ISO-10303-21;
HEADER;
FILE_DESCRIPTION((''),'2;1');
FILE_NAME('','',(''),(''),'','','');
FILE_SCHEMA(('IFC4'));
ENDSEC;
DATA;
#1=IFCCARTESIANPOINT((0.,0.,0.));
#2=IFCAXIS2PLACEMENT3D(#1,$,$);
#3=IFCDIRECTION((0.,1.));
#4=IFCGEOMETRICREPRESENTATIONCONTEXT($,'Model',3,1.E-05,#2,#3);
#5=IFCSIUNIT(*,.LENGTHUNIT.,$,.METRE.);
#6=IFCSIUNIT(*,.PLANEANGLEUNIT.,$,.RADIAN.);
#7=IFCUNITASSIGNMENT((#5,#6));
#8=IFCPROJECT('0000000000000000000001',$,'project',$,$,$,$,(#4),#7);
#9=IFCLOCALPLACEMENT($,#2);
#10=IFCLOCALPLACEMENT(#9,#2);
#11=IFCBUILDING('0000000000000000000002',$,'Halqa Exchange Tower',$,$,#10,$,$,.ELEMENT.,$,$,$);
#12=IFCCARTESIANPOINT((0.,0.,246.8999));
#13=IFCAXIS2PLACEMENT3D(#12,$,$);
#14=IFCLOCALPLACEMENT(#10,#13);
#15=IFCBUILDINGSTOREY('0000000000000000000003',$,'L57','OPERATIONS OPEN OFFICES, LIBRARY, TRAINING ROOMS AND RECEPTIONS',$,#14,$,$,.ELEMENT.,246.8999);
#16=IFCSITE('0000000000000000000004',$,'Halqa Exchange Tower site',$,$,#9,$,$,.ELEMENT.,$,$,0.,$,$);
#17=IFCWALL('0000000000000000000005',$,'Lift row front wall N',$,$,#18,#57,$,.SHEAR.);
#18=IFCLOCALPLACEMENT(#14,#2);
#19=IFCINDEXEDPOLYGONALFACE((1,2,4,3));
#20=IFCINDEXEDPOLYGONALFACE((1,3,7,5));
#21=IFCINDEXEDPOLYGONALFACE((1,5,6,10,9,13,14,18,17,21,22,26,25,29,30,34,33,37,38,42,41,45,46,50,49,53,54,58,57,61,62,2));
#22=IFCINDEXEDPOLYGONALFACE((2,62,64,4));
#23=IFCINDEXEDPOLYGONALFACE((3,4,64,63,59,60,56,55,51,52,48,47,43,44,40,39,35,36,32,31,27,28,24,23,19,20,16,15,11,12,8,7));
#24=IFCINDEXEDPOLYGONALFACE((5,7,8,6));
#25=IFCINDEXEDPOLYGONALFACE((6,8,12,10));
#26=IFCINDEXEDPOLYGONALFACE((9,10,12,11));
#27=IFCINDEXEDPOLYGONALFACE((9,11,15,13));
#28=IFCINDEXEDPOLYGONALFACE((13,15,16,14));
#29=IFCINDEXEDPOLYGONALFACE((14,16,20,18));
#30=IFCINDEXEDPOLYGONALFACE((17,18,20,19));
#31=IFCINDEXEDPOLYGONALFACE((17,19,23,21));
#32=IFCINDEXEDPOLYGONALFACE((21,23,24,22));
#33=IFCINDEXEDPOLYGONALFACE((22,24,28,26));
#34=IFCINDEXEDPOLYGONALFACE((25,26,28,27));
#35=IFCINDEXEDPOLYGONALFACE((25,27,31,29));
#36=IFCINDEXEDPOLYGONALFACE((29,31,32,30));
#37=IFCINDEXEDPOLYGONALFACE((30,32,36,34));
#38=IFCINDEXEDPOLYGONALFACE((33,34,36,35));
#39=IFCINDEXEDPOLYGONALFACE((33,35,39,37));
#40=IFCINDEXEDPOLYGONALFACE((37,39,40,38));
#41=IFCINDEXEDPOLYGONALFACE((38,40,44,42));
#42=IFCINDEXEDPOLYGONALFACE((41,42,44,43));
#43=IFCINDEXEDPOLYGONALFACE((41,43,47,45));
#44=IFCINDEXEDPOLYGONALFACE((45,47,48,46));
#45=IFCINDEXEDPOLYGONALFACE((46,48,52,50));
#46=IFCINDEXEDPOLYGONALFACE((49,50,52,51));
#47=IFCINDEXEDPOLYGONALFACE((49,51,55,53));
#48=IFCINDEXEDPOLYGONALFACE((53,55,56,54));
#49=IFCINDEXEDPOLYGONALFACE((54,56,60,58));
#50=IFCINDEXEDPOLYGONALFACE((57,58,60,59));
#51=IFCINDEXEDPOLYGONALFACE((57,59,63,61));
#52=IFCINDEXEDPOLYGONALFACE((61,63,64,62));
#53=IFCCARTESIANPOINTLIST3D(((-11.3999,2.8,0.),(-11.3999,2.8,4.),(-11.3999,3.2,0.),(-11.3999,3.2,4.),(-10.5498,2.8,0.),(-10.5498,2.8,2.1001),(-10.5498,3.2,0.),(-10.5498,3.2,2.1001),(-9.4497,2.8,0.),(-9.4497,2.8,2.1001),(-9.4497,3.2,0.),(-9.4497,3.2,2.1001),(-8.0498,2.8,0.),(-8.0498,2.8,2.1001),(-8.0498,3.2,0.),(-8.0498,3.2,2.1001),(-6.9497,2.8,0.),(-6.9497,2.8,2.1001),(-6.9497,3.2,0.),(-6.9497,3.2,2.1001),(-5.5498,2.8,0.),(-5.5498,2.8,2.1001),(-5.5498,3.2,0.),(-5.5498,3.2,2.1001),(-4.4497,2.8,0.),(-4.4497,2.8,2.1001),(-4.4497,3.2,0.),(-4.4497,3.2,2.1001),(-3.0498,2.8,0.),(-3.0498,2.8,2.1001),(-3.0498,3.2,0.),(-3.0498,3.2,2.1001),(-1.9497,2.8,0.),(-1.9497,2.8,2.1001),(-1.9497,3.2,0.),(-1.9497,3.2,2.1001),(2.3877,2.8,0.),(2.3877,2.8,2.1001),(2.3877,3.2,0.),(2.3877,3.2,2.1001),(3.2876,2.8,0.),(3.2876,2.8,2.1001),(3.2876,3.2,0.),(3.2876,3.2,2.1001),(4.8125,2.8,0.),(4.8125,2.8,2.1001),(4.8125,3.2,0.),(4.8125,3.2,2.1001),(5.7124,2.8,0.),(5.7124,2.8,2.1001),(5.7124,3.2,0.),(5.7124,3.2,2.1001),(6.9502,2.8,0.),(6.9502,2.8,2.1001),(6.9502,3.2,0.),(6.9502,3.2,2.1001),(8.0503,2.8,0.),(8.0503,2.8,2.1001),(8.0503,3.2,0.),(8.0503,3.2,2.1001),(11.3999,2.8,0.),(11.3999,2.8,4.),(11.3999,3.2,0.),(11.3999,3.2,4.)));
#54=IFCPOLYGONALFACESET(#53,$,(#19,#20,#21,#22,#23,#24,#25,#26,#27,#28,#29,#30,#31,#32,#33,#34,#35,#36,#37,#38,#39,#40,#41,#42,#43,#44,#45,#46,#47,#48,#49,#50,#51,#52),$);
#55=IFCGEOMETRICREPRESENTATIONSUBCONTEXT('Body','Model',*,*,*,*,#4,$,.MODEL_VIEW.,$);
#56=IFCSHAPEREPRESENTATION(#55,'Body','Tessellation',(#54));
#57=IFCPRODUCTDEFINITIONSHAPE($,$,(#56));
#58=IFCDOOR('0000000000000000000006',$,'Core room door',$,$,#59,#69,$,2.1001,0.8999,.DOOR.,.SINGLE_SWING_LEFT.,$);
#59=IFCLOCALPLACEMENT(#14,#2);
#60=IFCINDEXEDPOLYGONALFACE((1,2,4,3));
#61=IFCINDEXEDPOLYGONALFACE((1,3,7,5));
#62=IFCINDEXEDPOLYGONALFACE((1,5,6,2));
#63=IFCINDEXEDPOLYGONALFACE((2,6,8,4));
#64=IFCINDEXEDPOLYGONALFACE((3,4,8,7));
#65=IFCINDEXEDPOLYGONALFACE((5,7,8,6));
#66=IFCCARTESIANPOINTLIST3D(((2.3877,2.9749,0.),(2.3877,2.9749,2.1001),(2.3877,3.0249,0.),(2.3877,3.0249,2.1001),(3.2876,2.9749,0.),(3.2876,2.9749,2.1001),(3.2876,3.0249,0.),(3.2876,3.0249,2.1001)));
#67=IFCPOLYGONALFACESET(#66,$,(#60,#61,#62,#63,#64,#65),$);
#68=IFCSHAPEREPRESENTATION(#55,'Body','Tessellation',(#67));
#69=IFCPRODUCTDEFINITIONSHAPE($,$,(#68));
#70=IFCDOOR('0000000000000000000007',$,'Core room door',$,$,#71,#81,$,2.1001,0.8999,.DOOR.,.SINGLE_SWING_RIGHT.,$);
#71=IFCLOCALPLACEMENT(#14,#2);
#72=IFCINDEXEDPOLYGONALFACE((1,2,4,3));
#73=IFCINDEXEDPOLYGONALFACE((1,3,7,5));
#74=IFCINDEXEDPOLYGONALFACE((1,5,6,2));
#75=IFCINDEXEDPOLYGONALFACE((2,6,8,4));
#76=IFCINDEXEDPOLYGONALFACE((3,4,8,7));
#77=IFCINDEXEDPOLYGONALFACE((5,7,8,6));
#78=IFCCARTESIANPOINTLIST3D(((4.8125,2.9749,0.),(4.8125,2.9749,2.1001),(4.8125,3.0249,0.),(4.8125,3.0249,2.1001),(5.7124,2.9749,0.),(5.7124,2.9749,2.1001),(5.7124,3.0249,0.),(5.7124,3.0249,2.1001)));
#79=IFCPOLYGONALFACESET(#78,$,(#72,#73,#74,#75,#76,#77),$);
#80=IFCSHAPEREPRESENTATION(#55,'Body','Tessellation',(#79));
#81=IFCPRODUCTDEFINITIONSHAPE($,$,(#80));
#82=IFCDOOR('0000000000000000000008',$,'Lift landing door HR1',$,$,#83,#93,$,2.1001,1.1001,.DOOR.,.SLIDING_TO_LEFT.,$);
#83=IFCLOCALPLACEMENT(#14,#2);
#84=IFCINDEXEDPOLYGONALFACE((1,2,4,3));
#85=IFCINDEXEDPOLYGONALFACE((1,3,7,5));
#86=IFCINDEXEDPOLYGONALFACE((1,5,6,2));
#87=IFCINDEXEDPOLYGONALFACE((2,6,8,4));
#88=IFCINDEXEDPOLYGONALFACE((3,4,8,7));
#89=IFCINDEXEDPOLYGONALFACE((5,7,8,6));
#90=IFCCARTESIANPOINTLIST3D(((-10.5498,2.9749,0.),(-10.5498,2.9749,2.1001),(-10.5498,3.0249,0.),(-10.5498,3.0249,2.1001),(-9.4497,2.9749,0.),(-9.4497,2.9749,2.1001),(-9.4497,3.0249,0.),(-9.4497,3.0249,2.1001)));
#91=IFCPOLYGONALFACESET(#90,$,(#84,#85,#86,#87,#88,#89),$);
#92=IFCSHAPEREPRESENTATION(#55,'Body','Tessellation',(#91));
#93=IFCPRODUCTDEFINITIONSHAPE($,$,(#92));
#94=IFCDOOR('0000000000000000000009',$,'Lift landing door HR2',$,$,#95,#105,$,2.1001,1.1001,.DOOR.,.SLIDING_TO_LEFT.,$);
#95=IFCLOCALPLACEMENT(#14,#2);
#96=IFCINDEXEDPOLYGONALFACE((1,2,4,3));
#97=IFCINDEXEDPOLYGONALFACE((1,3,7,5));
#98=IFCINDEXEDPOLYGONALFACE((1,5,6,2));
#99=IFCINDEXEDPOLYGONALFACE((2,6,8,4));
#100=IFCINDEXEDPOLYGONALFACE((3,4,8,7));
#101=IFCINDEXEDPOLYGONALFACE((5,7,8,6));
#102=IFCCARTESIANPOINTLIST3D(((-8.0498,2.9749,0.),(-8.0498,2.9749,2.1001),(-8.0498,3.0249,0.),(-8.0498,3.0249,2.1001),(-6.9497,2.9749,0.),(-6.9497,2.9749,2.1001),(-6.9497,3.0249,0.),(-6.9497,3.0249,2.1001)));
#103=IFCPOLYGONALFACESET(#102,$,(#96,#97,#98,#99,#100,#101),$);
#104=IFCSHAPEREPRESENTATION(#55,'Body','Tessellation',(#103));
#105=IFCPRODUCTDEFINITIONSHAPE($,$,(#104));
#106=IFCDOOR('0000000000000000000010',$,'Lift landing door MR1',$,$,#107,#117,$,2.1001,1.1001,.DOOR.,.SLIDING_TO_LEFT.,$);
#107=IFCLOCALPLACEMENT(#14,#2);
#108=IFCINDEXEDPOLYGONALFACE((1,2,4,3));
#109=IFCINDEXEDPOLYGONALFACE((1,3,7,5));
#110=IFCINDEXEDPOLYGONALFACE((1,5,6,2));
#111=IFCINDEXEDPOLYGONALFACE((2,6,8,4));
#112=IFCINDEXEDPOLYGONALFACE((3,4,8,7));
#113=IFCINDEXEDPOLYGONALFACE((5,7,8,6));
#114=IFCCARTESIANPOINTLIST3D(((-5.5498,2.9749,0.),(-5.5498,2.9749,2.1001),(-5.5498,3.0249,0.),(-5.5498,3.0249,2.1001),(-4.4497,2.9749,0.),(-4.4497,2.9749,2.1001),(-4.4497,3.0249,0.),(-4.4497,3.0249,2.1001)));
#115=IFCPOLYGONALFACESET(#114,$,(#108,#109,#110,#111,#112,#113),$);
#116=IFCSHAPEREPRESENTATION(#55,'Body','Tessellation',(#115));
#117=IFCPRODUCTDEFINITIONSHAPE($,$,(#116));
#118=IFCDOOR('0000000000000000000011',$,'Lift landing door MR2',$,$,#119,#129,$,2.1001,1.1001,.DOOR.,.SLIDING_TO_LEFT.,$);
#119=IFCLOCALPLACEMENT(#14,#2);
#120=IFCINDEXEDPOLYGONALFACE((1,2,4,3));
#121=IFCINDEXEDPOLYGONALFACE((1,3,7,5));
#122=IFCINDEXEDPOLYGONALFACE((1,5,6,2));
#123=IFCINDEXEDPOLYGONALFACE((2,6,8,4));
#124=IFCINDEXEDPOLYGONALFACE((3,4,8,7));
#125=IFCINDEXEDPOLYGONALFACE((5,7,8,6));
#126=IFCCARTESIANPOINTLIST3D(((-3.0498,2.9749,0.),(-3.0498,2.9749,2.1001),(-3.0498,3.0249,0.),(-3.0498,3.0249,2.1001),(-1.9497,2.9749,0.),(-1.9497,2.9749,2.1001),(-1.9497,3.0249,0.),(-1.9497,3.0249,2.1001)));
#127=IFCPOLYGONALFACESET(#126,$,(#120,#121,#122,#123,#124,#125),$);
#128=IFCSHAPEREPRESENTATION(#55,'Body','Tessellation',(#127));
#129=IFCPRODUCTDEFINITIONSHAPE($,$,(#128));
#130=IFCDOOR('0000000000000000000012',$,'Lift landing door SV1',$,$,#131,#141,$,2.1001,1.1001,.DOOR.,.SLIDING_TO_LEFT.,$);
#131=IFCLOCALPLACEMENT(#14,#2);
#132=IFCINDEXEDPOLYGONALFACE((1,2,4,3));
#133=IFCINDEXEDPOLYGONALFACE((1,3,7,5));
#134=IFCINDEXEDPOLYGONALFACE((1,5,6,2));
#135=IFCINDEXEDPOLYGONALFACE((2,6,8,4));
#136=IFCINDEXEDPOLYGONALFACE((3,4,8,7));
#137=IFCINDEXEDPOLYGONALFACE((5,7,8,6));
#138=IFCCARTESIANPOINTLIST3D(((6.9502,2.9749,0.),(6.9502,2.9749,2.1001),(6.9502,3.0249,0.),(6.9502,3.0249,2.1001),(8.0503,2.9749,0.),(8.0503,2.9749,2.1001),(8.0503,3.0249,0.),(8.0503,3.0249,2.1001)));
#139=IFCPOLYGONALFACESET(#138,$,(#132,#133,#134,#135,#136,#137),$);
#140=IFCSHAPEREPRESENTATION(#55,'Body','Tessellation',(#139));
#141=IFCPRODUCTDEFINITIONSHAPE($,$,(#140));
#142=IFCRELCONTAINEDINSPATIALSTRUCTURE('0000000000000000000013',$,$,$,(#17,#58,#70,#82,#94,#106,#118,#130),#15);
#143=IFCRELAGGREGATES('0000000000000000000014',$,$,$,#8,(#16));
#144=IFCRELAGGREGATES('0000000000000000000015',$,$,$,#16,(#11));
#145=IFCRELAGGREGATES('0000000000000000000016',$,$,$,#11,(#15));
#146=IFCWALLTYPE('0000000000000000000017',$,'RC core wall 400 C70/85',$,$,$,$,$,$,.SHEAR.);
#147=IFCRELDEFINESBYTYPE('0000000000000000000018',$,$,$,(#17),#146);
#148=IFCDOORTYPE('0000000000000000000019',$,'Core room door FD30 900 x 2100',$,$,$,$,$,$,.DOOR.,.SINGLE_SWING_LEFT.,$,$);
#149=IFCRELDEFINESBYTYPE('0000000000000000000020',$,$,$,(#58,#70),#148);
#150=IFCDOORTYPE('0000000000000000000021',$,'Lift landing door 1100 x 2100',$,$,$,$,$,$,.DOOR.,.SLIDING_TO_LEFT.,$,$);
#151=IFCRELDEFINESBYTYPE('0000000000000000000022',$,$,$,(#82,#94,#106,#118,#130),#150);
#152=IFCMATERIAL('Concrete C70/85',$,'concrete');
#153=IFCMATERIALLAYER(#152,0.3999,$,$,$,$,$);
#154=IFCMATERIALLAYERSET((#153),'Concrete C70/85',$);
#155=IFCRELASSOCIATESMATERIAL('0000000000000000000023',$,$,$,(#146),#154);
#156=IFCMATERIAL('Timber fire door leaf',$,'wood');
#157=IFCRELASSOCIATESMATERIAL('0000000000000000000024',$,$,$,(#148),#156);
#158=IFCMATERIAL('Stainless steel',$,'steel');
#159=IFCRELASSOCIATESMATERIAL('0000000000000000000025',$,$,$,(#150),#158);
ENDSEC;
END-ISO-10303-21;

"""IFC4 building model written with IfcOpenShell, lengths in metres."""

from ifc_helpers import new_model, si_unit, direction, frame, frame_2d, origin, place, context, subcontext, project, spatial, rectangle, extrude, material, layer, layer_set, type_object, element, fill, save


model = new_model("IFC4")

# Units and contexts
model_context = context("Model", 3, precision=1e-05, world=origin(), true_north=direction((0.0, 1.0)))
body_context = subcontext(model_context, "Body", "Model", "MODEL_VIEW")
ifc_project = project(units=[si_unit("LENGTHUNIT", "METRE"), si_unit("PLANEANGLEUNIT", "RADIAN")], contexts=[model_context])

# Site, building, storey
site_placement = place(None, origin())
site = spatial("IfcSite", under=ifc_project, at=site_placement, Name="Halqa Exchange Tower site", CompositionType="ELEMENT", RefElevation=0.0)
building_placement = place(site_placement, origin())
building = spatial("IfcBuilding", under=site, at=building_placement, Name="Halqa Exchange Tower", CompositionType="ELEMENT")
storey_placement = place(building_placement, frame((0.0, 0.0, 246.8999)))
storey = spatial("IfcBuildingStorey", under=building, at=storey_placement, Name="L57", Description="OPERATIONS OPEN OFFICES, LIBRARY, TRAINING ROOMS AND RECEPTIONS", CompositionType="ELEMENT", Elevation=246.8999)

# Wall, openings, doors
ifc_material_1 = material(Name="Concrete C70/85", Category="concrete")
ifc_layer_1 = layer(ifc_material_1, 0.3999)
ifc_layer_set_1 = layer_set([ifc_layer_1], Name="Concrete C70/85")
wall_type_1 = type_object("IfcWallType", Name="RC core wall 400 C70/85", PredefinedType="SHEAR", material=ifc_layer_set_1)
wall_1_placement = place(storey_placement, frame((-11.3999, 3.0, 0.0), z_axis=(0.0, 0.0, 1.0), x_axis=(1.0, 0.0, 0.0)))
wall_1 = element("IfcWall", 1, at=wall_1_placement, inside=storey, type_object=wall_type_1, Name="Lift row front wall N", PredefinedType="SHEAR", context=body_context, shape_type="SweptSolid", body=[
    extrude(rectangle(XDim=22.7998, YDim=0.3999, at=frame_2d((11.3999, 0.0))), origin(), (0.0, 0.0, 1.0), 4.0),
])
opening_1_placement = place(wall_1_placement, frame((0.8501, 0.0, 0.0)))
opening_1 = element("IfcOpeningElement", 2, at=opening_1_placement, cuts=wall_1, PredefinedType="OPENING", context=body_context, shape_type="SweptSolid", body=[
    extrude(rectangle(XDim=1.1001, YDim=2.1001, at=frame_2d((0.55, 1.05))), frame((0.0, 0.2119, 0.0), z_axis=(0.0, -1.0, 0.0), x_axis=(1.0, 0.0, 0.0)), (0.0, 0.0, 1.0), 0.4238),
])
opening_2_placement = place(wall_1_placement, frame((3.3501, 0.0, 0.0)))
opening_2 = element("IfcOpeningElement", 3, at=opening_2_placement, cuts=wall_1, PredefinedType="OPENING", context=body_context, shape_type="SweptSolid", body=[
    extrude(rectangle(XDim=1.1001, YDim=2.1001, at=frame_2d((0.55, 1.05))), frame((0.0, 0.2119, 0.0), z_axis=(0.0, -1.0, 0.0), x_axis=(1.0, 0.0, 0.0)), (0.0, 0.0, 1.0), 0.4238),
])
opening_3_placement = place(wall_1_placement, frame((5.8501, 0.0, 0.0)))
opening_3 = element("IfcOpeningElement", 4, at=opening_3_placement, cuts=wall_1, PredefinedType="OPENING", context=body_context, shape_type="SweptSolid", body=[
    extrude(rectangle(XDim=1.1001, YDim=2.1001, at=frame_2d((0.55, 1.05))), frame((0.0, 0.2119, 0.0), z_axis=(0.0, -1.0, 0.0), x_axis=(1.0, 0.0, 0.0)), (0.0, 0.0, 1.0), 0.4238),
])
opening_4_placement = place(wall_1_placement, frame((8.3501, 0.0, 0.0)))
opening_4 = element("IfcOpeningElement", 5, at=opening_4_placement, cuts=wall_1, PredefinedType="OPENING", context=body_context, shape_type="SweptSolid", body=[
    extrude(rectangle(XDim=1.1001, YDim=2.1001, at=frame_2d((0.55, 1.05))), frame((0.0, 0.2119, 0.0), z_axis=(0.0, -1.0, 0.0), x_axis=(1.0, 0.0, 0.0)), (0.0, 0.0, 1.0), 0.4238),
])
opening_5_placement = place(wall_1_placement, frame((18.3501, 0.0, 0.0)))
opening_5 = element("IfcOpeningElement", 6, at=opening_5_placement, cuts=wall_1, PredefinedType="OPENING", context=body_context, shape_type="SweptSolid", body=[
    extrude(rectangle(XDim=1.1001, YDim=2.1001, at=frame_2d((0.55, 1.05))), frame((0.0, 0.2119, 0.0), z_axis=(0.0, -1.0, 0.0), x_axis=(1.0, 0.0, 0.0)), (0.0, 0.0, 1.0), 0.4238),
])
opening_6_placement = place(wall_1_placement, frame((13.7876, 0.0, 0.0)))
opening_6 = element("IfcOpeningElement", 7, at=opening_6_placement, cuts=wall_1, PredefinedType="OPENING", context=body_context, shape_type="SweptSolid", body=[
    extrude(rectangle(XDim=0.8999, YDim=2.1001, at=frame_2d((0.45, 1.05))), frame((0.0, 0.2119, 0.0), z_axis=(0.0, -1.0, 0.0), x_axis=(1.0, 0.0, 0.0)), (0.0, 0.0, 1.0), 0.4238),
])
opening_7_placement = place(wall_1_placement, frame((16.2124, 0.0, 0.0)))
opening_7 = element("IfcOpeningElement", 8, at=opening_7_placement, cuts=wall_1, PredefinedType="OPENING", context=body_context, shape_type="SweptSolid", body=[
    extrude(rectangle(XDim=0.8999, YDim=2.1001, at=frame_2d((0.45, 1.05))), frame((0.0, 0.2119, 0.0), z_axis=(0.0, -1.0, 0.0), x_axis=(1.0, 0.0, 0.0)), (0.0, 0.0, 1.0), 0.4238),
])
ifc_material_2 = material(Name="Timber fire door leaf", Category="wood")
door_type_1 = type_object("IfcDoorType", Name="Core room door FD30 900 x 2100", OperationType="SINGLE_SWING_LEFT", PredefinedType="DOOR", material=ifc_material_2)
door_1_placement = place(opening_6_placement, origin())
door_1 = element("IfcDoor", 9, at=door_1_placement, inside=storey, type_object=door_type_1, Name="Core room door", OperationType="SINGLE_SWING_LEFT", OverallHeight=2.1001, OverallWidth=0.8999, PredefinedType="DOOR", context=body_context, shape_type="SweptSolid", body=[
    extrude(rectangle(XDim=0.8999, YDim=2.1001, at=frame_2d((0.45, 1.05))), frame((0.0, 0.0249, 0.0), z_axis=(0.0, -1.0, 0.0), x_axis=(1.0, 0.0, 0.0)), (0.0, 0.0, 1.0), 0.05),
])
fill(opening_6, door_1)
door_2_placement = place(opening_7_placement, origin())
door_2 = element("IfcDoor", 10, at=door_2_placement, inside=storey, type_object=door_type_1, Name="Core room door", OperationType="SINGLE_SWING_RIGHT", OverallHeight=2.1001, OverallWidth=0.8999, PredefinedType="DOOR", context=body_context, shape_type="SweptSolid", body=[
    extrude(rectangle(XDim=0.8999, YDim=2.1001, at=frame_2d((0.45, 1.05))), frame((0.0, 0.0249, 0.0), z_axis=(0.0, -1.0, 0.0), x_axis=(1.0, 0.0, 0.0)), (0.0, 0.0, 1.0), 0.05),
])
fill(opening_7, door_2)
ifc_material_3 = material(Name="Stainless steel", Category="steel")
door_type_2 = type_object("IfcDoorType", Name="Lift landing door 1100 x 2100", OperationType="SLIDING_TO_LEFT", PredefinedType="DOOR", material=ifc_material_3)
door_3_placement = place(opening_1_placement, origin())
door_3 = element("IfcDoor", 11, at=door_3_placement, inside=storey, type_object=door_type_2, Name="Lift landing door HR1", OperationType="SLIDING_TO_LEFT", OverallHeight=2.1001, OverallWidth=1.1001, PredefinedType="DOOR", context=body_context, shape_type="SweptSolid", body=[
    extrude(rectangle(XDim=1.1001, YDim=2.1001, at=frame_2d((0.55, 1.05))), frame((0.0, 0.0249, 0.0), z_axis=(0.0, -1.0, 0.0), x_axis=(1.0, 0.0, 0.0)), (0.0, 0.0, 1.0), 0.05),
])
fill(opening_1, door_3)
door_4_placement = place(opening_2_placement, origin())
door_4 = element("IfcDoor", 12, at=door_4_placement, inside=storey, type_object=door_type_2, Name="Lift landing door HR2", OperationType="SLIDING_TO_LEFT", OverallHeight=2.1001, OverallWidth=1.1001, PredefinedType="DOOR", context=body_context, shape_type="SweptSolid", body=[
    extrude(rectangle(XDim=1.1001, YDim=2.1001, at=frame_2d((0.55, 1.05))), frame((0.0, 0.0249, 0.0), z_axis=(0.0, -1.0, 0.0), x_axis=(1.0, 0.0, 0.0)), (0.0, 0.0, 1.0), 0.05),
])
fill(opening_2, door_4)
door_5_placement = place(opening_3_placement, origin())
door_5 = element("IfcDoor", 13, at=door_5_placement, inside=storey, type_object=door_type_2, Name="Lift landing door MR1", OperationType="SLIDING_TO_LEFT", OverallHeight=2.1001, OverallWidth=1.1001, PredefinedType="DOOR", context=body_context, shape_type="SweptSolid", body=[
    extrude(rectangle(XDim=1.1001, YDim=2.1001, at=frame_2d((0.55, 1.05))), frame((0.0, 0.0249, 0.0), z_axis=(0.0, -1.0, 0.0), x_axis=(1.0, 0.0, 0.0)), (0.0, 0.0, 1.0), 0.05),
])
fill(opening_3, door_5)
door_6_placement = place(opening_4_placement, origin())
door_6 = element("IfcDoor", 14, at=door_6_placement, inside=storey, type_object=door_type_2, Name="Lift landing door MR2", OperationType="SLIDING_TO_LEFT", OverallHeight=2.1001, OverallWidth=1.1001, PredefinedType="DOOR", context=body_context, shape_type="SweptSolid", body=[
    extrude(rectangle(XDim=1.1001, YDim=2.1001, at=frame_2d((0.55, 1.05))), frame((0.0, 0.0249, 0.0), z_axis=(0.0, -1.0, 0.0), x_axis=(1.0, 0.0, 0.0)), (0.0, 0.0, 1.0), 0.05),
])
fill(opening_4, door_6)
door_7_placement = place(opening_5_placement, origin())
door_7 = element("IfcDoor", 15, at=door_7_placement, inside=storey, type_object=door_type_2, Name="Lift landing door SV1", OperationType="SLIDING_TO_LEFT", OverallHeight=2.1001, OverallWidth=1.1001, PredefinedType="DOOR", context=body_context, shape_type="SweptSolid", body=[
    extrude(rectangle(XDim=1.1001, YDim=2.1001, at=frame_2d((0.55, 1.05))), frame((0.0, 0.0249, 0.0), z_axis=(0.0, -1.0, 0.0), x_axis=(1.0, 0.0, 0.0)), (0.0, 0.0, 1.0), 0.05),
])
fill(opening_5, door_7)

save(model, "model.ifc")
